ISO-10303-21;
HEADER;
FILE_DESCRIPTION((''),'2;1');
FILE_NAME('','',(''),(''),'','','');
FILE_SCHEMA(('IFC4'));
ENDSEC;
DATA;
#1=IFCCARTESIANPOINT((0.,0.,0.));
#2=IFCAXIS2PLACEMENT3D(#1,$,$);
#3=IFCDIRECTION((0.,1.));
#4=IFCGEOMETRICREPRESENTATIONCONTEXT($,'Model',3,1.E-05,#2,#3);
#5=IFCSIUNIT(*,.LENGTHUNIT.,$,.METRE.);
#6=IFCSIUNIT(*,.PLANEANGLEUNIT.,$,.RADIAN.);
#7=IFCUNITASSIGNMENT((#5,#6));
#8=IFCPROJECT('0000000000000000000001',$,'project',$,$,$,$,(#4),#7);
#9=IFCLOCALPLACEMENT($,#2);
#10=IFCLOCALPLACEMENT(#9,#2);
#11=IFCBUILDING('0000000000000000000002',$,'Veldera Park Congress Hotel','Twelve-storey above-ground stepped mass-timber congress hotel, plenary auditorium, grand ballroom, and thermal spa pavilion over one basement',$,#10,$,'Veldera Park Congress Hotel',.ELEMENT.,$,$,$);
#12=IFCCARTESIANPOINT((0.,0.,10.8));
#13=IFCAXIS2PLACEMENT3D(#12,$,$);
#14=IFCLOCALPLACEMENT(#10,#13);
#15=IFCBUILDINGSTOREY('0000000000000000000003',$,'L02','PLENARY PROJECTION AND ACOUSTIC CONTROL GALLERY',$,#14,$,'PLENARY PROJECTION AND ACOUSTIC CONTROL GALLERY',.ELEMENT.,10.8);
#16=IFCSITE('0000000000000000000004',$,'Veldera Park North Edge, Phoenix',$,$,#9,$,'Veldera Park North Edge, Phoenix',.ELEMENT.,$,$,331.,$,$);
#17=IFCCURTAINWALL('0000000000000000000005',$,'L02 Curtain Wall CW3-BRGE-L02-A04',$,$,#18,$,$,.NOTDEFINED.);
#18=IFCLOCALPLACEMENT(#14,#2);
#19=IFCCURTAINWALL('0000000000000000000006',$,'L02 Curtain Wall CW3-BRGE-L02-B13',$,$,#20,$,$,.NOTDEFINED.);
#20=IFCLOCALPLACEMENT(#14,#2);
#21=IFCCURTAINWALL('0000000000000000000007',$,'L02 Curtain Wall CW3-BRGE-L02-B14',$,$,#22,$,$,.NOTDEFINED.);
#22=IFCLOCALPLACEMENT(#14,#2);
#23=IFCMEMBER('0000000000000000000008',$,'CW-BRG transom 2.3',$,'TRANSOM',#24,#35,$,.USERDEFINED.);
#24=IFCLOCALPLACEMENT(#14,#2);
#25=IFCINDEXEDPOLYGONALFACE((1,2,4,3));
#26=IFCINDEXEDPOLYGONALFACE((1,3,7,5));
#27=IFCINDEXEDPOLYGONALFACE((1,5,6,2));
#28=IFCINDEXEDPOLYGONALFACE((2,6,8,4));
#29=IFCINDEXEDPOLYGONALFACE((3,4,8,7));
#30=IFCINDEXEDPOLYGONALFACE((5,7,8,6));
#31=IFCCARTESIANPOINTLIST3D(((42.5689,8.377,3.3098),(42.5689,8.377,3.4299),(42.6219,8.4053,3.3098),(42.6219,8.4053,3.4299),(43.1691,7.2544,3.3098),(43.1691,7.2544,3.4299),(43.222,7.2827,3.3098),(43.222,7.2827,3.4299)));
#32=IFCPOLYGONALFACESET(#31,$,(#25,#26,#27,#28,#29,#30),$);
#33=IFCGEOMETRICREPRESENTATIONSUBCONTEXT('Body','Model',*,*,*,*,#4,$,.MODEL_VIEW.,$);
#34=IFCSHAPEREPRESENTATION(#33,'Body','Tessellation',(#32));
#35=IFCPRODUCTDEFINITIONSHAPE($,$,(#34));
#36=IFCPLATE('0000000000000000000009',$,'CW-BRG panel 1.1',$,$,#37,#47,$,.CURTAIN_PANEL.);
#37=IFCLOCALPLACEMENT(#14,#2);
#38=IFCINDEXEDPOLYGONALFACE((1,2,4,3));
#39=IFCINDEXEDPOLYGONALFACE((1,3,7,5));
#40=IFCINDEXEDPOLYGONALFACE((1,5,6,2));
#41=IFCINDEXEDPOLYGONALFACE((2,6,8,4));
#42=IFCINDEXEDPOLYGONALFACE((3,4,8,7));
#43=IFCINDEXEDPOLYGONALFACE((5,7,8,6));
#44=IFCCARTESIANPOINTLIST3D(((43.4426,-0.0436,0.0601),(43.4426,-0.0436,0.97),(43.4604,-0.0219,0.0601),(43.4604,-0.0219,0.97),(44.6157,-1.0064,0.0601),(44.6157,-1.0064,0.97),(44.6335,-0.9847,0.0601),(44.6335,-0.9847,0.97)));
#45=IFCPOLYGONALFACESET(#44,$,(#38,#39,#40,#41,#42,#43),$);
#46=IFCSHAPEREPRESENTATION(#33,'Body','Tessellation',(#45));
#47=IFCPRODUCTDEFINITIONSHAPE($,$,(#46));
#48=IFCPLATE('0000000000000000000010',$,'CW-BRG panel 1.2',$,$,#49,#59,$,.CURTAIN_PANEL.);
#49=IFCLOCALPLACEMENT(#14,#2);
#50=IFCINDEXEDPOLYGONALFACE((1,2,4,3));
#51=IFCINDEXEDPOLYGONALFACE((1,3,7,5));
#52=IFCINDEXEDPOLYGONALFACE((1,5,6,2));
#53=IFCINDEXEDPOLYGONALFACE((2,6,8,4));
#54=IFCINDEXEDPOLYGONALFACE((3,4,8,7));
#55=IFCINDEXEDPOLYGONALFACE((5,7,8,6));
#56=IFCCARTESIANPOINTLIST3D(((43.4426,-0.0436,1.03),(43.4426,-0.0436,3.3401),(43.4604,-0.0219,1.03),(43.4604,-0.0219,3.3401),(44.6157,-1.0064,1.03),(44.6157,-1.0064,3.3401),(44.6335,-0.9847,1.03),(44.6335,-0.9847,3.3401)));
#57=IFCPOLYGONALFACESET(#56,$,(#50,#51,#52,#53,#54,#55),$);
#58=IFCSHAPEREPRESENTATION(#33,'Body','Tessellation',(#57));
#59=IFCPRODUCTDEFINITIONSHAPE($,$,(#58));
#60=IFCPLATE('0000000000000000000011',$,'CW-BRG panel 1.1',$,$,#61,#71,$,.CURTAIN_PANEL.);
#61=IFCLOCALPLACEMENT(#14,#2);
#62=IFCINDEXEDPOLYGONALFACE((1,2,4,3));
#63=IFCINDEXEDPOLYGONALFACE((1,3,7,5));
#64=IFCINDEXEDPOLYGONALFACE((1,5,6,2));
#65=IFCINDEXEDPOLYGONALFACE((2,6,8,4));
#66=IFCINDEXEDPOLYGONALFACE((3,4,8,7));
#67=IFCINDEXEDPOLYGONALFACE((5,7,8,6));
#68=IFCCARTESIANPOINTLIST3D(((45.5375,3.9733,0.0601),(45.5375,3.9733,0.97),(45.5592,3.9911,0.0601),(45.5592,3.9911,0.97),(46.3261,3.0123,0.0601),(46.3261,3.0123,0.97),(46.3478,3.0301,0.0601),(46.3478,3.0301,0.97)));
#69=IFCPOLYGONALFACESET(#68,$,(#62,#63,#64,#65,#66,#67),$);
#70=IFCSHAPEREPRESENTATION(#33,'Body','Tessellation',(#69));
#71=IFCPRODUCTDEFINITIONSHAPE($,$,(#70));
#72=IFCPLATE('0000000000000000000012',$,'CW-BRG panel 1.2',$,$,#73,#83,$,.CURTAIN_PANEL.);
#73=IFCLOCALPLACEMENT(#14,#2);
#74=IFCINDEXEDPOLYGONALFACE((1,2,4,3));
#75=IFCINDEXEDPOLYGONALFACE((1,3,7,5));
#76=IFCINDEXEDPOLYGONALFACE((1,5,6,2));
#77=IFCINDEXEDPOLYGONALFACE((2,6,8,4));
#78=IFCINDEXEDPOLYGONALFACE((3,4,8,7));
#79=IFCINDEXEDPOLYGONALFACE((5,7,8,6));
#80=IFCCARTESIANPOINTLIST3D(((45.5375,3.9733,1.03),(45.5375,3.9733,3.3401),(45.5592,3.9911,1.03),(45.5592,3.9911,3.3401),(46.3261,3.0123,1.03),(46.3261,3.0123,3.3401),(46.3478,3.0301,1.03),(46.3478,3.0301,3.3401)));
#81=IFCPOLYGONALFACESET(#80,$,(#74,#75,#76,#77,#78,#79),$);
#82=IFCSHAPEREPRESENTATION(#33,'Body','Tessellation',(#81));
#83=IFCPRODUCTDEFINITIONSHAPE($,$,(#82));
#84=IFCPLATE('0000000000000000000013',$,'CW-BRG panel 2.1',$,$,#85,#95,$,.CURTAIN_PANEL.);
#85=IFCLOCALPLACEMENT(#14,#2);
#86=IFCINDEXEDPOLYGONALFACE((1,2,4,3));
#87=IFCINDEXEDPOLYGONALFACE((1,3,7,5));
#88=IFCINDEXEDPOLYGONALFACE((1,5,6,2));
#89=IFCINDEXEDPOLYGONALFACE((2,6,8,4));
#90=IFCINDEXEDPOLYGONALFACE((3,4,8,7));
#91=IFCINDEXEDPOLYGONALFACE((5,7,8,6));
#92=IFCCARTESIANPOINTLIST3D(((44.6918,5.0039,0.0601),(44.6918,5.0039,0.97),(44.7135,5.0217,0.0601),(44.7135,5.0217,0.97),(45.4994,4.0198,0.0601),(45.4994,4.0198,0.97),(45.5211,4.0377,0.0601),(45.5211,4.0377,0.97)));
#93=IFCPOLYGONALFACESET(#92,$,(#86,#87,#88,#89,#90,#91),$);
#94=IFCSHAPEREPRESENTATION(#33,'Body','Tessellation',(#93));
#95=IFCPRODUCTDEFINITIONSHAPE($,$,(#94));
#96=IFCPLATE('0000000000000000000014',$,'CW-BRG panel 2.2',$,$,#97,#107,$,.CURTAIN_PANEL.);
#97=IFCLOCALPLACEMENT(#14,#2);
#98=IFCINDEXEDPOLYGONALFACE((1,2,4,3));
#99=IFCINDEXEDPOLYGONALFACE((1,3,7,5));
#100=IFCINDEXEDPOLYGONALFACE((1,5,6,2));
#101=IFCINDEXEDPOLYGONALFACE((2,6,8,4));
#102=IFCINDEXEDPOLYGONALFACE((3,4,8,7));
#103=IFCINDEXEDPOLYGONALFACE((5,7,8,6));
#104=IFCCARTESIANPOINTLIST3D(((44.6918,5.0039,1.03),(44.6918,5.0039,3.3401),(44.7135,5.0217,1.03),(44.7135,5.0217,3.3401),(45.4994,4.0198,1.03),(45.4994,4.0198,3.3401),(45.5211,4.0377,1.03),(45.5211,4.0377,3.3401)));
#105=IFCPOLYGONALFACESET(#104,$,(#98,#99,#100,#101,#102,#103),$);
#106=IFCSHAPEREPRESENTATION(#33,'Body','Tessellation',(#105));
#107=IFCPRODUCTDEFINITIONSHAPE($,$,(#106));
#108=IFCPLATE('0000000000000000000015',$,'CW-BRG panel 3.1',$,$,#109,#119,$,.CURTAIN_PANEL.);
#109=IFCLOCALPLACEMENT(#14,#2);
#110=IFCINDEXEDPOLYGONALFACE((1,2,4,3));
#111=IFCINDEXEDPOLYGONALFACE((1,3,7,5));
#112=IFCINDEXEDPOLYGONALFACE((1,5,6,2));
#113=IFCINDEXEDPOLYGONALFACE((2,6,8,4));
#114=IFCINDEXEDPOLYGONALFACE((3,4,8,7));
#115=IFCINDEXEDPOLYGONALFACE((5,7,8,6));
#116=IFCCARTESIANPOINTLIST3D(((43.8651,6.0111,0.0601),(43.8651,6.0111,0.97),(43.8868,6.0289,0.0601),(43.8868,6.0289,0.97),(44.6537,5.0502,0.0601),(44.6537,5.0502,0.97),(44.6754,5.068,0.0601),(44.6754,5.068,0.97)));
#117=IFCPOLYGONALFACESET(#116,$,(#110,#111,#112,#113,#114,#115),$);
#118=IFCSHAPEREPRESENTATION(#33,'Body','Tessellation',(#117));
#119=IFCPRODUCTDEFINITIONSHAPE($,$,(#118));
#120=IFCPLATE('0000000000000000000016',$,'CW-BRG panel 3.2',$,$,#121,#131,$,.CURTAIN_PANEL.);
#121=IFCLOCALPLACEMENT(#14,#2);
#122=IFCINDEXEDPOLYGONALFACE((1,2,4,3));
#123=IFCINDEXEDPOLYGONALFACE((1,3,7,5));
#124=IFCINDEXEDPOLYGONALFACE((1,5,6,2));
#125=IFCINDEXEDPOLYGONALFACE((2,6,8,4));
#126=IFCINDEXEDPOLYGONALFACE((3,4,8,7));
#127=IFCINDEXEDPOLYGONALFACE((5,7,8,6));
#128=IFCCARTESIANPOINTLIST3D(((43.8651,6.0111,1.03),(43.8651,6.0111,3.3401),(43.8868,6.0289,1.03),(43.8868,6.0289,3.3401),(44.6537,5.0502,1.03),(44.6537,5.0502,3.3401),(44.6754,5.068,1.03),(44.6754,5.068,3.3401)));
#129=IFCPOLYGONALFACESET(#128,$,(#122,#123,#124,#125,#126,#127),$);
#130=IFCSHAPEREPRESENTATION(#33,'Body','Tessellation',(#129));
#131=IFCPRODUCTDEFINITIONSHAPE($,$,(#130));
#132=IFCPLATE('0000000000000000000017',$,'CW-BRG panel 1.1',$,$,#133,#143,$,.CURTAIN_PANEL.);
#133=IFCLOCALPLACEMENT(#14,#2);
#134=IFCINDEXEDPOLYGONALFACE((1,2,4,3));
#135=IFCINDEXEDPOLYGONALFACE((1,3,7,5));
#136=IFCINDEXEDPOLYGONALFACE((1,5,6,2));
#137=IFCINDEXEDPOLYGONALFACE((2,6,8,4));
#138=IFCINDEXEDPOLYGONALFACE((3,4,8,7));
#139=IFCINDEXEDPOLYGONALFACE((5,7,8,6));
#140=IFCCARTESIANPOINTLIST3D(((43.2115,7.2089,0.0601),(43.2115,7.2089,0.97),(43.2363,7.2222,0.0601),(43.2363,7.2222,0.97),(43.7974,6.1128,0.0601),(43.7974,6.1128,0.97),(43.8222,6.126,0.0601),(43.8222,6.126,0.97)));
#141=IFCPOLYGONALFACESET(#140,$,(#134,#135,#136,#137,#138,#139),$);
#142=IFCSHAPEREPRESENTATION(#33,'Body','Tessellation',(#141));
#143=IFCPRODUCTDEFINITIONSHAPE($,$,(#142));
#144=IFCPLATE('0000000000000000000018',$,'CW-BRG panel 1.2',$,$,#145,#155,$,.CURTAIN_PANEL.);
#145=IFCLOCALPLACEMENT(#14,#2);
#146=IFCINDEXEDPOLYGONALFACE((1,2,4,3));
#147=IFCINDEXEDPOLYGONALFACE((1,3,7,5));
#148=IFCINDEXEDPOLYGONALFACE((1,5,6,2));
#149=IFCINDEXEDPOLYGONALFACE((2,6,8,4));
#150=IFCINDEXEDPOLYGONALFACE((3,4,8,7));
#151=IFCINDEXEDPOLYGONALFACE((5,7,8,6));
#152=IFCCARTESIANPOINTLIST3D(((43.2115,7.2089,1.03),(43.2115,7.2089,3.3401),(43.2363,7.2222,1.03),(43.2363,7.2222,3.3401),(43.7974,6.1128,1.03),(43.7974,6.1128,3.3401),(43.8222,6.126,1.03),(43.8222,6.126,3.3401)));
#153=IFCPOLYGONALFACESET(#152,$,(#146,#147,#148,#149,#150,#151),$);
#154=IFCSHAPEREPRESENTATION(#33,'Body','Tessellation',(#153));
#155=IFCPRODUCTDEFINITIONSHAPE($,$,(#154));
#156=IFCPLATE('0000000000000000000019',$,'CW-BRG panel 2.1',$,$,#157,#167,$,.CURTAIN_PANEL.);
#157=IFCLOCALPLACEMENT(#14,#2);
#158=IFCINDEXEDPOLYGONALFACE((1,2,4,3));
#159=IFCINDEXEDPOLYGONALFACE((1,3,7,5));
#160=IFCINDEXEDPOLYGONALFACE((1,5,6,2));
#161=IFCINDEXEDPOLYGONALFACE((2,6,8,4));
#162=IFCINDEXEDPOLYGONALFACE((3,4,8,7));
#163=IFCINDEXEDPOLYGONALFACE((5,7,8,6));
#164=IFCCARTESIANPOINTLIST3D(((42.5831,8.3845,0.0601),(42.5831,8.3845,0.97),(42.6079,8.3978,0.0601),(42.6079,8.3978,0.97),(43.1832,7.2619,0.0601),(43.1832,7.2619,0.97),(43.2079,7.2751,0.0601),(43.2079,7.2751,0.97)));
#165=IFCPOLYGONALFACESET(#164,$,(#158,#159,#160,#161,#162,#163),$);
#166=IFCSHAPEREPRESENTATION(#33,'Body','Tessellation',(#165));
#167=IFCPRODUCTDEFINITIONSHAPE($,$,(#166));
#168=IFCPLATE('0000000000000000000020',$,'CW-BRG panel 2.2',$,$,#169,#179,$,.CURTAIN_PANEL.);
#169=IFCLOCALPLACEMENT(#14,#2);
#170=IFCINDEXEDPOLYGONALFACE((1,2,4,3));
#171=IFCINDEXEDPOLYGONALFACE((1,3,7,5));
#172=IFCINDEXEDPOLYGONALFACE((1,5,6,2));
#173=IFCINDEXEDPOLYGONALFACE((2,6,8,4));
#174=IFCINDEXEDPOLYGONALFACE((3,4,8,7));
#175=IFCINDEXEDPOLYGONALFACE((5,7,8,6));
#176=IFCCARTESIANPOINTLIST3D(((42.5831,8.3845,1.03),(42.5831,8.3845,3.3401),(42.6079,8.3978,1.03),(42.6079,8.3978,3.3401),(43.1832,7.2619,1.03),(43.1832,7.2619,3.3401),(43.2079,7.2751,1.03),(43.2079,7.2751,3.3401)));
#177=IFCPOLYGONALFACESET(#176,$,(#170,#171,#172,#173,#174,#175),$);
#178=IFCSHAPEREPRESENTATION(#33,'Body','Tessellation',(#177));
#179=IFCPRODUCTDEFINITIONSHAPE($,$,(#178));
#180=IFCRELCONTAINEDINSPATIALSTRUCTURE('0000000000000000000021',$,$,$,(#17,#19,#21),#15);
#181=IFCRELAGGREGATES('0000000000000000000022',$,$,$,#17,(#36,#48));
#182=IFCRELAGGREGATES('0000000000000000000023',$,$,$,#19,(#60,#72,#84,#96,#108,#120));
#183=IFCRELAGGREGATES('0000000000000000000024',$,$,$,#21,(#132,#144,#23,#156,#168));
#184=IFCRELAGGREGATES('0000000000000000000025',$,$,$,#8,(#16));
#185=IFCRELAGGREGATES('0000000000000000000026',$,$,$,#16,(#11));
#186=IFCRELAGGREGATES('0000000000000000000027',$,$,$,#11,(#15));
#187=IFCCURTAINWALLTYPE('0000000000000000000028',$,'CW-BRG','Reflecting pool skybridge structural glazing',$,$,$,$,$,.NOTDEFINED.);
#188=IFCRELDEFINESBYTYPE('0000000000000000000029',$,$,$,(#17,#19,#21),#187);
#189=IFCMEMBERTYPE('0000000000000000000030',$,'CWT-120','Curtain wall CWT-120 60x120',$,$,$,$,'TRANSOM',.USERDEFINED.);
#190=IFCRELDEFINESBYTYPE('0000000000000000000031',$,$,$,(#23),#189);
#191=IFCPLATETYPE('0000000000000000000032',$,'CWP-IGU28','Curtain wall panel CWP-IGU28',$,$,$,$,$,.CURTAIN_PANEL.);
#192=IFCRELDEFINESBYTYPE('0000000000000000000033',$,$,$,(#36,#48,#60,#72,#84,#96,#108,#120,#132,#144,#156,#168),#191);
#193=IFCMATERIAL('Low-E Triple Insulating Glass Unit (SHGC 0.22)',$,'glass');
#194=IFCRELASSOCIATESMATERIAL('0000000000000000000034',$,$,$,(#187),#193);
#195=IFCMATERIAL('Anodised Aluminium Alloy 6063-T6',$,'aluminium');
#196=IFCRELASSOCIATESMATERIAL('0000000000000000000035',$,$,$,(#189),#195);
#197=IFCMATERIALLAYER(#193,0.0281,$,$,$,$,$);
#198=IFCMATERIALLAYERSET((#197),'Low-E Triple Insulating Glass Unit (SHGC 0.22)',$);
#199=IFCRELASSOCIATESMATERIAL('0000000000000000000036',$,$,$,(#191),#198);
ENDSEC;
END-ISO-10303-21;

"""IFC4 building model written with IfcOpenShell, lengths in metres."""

from ifc_helpers import new_model, si_unit, direction, frame, origin, origin_2d, place, context, subcontext, project, spatial, rectangle, extrude, material, layer, layer_set, material_profile, profile_set, type_object, element, aggregate, save


model = new_model("IFC4")

# Units and contexts
model_context = context("Model", 3, precision=1e-05, world=origin(), true_north=direction((0.0, 1.0)))
body_context = subcontext(model_context, "Body", "Model", "MODEL_VIEW")
ifc_project = project(units=[si_unit("LENGTHUNIT", "METRE"), si_unit("PLANEANGLEUNIT", "RADIAN")], contexts=[model_context])

# Site, building, storey
site_placement = place(None, origin())
site = spatial("IfcSite", under=ifc_project, at=site_placement, Name="Veldera Park North Edge, Phoenix", LongName="Veldera Park North Edge, Phoenix", CompositionType="ELEMENT", RefElevation=331.0)
building_placement = place(site_placement, origin())
building = spatial("IfcBuilding", under=site, at=building_placement, Name="Veldera Park Congress Hotel", Description="Twelve-storey above-ground stepped mass-timber congress hotel, plenary auditorium, grand ballroom, and thermal spa pavilion over one basement", LongName="Veldera Park Congress Hotel", CompositionType="ELEMENT")
storey_placement = place(building_placement, frame((0.0, 0.0, 10.8)))
storey = spatial("IfcBuildingStorey", under=building, at=storey_placement, Name="L02", Description="PLENARY PROJECTION AND ACOUSTIC CONTROL GALLERY", LongName="PLENARY PROJECTION AND ACOUSTIC CONTROL GALLERY", CompositionType="ELEMENT", Elevation=10.8)

# Curtain wall
ifc_material_1 = material(Name="Low-E Triple Insulating Glass Unit (SHGC 0.22)", Category="glass")
curtain_wall_type = type_object("IfcCurtainWallType", Name="CW-BRG", Description="Reflecting pool skybridge structural glazing", PredefinedType="NOTDEFINED", material=ifc_material_1)
ifc_material_2 = material(Name="Anodised Aluminium Alloy 6063-T6", Category="aluminium")
curtain_wall_1_placement = place(storey_placement, origin())
curtain_wall_1 = element("IfcCurtainWall", 1, at=curtain_wall_1_placement, inside=storey, type_object=curtain_wall_type, Name="L02 Curtain Wall CW3-BRGE-L02-A04", PredefinedType="NOTDEFINED")

# Curtain walls
curtain_wall_2_placement = place(storey_placement, origin())
curtain_wall_2 = element("IfcCurtainWall", 2, at=curtain_wall_2_placement, inside=storey, type_object=curtain_wall_type, Name="L02 Curtain Wall CW3-BRGE-L02-B13", PredefinedType="NOTDEFINED")
curtain_wall_3_placement = place(storey_placement, origin())
curtain_wall_3 = element("IfcCurtainWall", 3, at=curtain_wall_3_placement, inside=storey, type_object=curtain_wall_type, Name="L02 Curtain Wall CW3-BRGE-L02-B14", PredefinedType="NOTDEFINED")

# Member
ifc_material_profile_1 = material_profile(ifc_material_2, rectangle(XDim=0.0601, YDim=0.1201, at=origin_2d()), Name="ALU 60x120")
ifc_profile_set_1 = profile_set([ifc_material_profile_1], Name="Anodised Aluminium Alloy 6063-T6")
member_type_1 = type_object("IfcMemberType", Name="CWT-120", Description="Curtain wall CWT-120 60x120", ElementType="TRANSOM", PredefinedType="USERDEFINED", material=ifc_profile_set_1)
member_1_placement = place(storey_placement, frame((43.1956, 7.2686, 3.3699), z_axis=(-0.471444, 0.881896, 0.0), x_axis=(-0.881896, -0.471444, 0.0)))
member_1 = element("IfcMember", 4, at=member_1_placement, type_object=member_type_1, Name="CW-BRG transom 2.3", ObjectType="TRANSOM", PredefinedType="USERDEFINED", context=body_context, shape_type="SweptSolid", body=[
    extrude(rectangle(XDim=0.0601, YDim=0.1201, at=origin_2d()), origin(), (0.0, 0.0, 1.0), 1.2729),
])

# Plates
ifc_layer = layer(ifc_material_1, 0.0281)
ifc_layer_set = layer_set([ifc_layer], Name="Low-E Triple Insulating Glass Unit (SHGC 0.22)")
plate_type = type_object("IfcPlateType", Name="CWP-IGU28", Description="Curtain wall panel CWP-IGU28", PredefinedType="CURTAIN_PANEL", material=ifc_layer_set)
plate_1_placement = place(storey_placement, frame((44.0381, -0.5142, 0.0601), z_axis=(0.0, 0.0, 1.0), x_axis=(0.773003, -0.634402, 0.0)))
plate_1 = element("IfcPlate", 5, at=plate_1_placement, type_object=plate_type, Name="CW-BRG panel 1.1", PredefinedType="CURTAIN_PANEL", context=body_context, shape_type="SweptSolid", body=[
    extrude(rectangle(XDim=1.5176, YDim=0.0281, at=origin_2d()), origin(), (0.0, 0.0, 1.0), 0.9099),
])
plate_2_placement = place(storey_placement, frame((44.0381, -0.5142, 1.03), z_axis=(0.0, 0.0, 1.0), x_axis=(0.773003, -0.634402, 0.0)))
plate_2 = element("IfcPlate", 6, at=plate_2_placement, type_object=plate_type, Name="CW-BRG panel 1.2", PredefinedType="CURTAIN_PANEL", context=body_context, shape_type="SweptSolid", body=[
    extrude(rectangle(XDim=1.5176, YDim=0.0281, at=origin_2d()), origin(), (0.0, 0.0, 1.0), 2.3101),
])
aggregate(curtain_wall_1, [plate_1, plate_2])
plate_3_placement = place(storey_placement, frame((45.9426, 3.5017, 0.0601), z_axis=(0.0, 0.0, 1.0), x_axis=(-0.634386, 0.773016, 0.0)))
plate_3 = element("IfcPlate", 7, at=plate_3_placement, type_object=plate_type, Name="CW-BRG panel 1.1", PredefinedType="CURTAIN_PANEL", context=body_context, shape_type="SweptSolid", body=[
    extrude(rectangle(XDim=1.2432, YDim=0.0281, at=origin_2d()), origin(), (0.0, 0.0, 1.0), 0.9099),
])
plate_4_placement = place(storey_placement, frame((45.9426, 3.5017, 1.03), z_axis=(0.0, 0.0, 1.0), x_axis=(-0.634386, 0.773016, 0.0)))
plate_4 = element("IfcPlate", 8, at=plate_4_placement, type_object=plate_type, Name="CW-BRG panel 1.2", PredefinedType="CURTAIN_PANEL", context=body_context, shape_type="SweptSolid", body=[
    extrude(rectangle(XDim=1.2432, YDim=0.0281, at=origin_2d()), origin(), (0.0, 0.0, 1.0), 2.3101),
])
plate_5_placement = place(storey_placement, frame((45.1064, 4.5208, 0.0601), z_axis=(0.0, 0.0, 1.0), x_axis=(-0.634386, 0.773016, 0.0)))
plate_5 = element("IfcPlate", 9, at=plate_5_placement, type_object=plate_type, Name="CW-BRG panel 2.1", PredefinedType="CURTAIN_PANEL", context=body_context, shape_type="SweptSolid", body=[
    extrude(rectangle(XDim=1.2729, YDim=0.0281, at=origin_2d()), origin(), (0.0, 0.0, 1.0), 0.9099),
])
plate_6_placement = place(storey_placement, frame((45.1064, 4.5208, 1.03), z_axis=(0.0, 0.0, 1.0), x_axis=(-0.634386, 0.773016, 0.0)))
plate_6 = element("IfcPlate", 10, at=plate_6_placement, type_object=plate_type, Name="CW-BRG panel 2.2", PredefinedType="CURTAIN_PANEL", context=body_context, shape_type="SweptSolid", body=[
    extrude(rectangle(XDim=1.2729, YDim=0.0281, at=origin_2d()), origin(), (0.0, 0.0, 1.0), 2.3101),
])
plate_7_placement = place(storey_placement, frame((44.2703, 5.5396, 0.0601), z_axis=(0.0, 0.0, 1.0), x_axis=(-0.634386, 0.773016, 0.0)))
plate_7 = element("IfcPlate", 11, at=plate_7_placement, type_object=plate_type, Name="CW-BRG panel 3.1", PredefinedType="CURTAIN_PANEL", context=body_context, shape_type="SweptSolid", body=[
    extrude(rectangle(XDim=1.2432, YDim=0.0281, at=origin_2d()), origin(), (0.0, 0.0, 1.0), 0.9099),
])
plate_8_placement = place(storey_placement, frame((44.2703, 5.5396, 1.03), z_axis=(0.0, 0.0, 1.0), x_axis=(-0.634386, 0.773016, 0.0)))
plate_8 = element("IfcPlate", 12, at=plate_8_placement, type_object=plate_type, Name="CW-BRG panel 3.2", PredefinedType="CURTAIN_PANEL", context=body_context, shape_type="SweptSolid", body=[
    extrude(rectangle(XDim=1.2432, YDim=0.0281, at=origin_2d()), origin(), (0.0, 0.0, 1.0), 2.3101),
])
aggregate(curtain_wall_2, [plate_3, plate_4, plate_5, plate_6, plate_7, plate_8])
plate_9_placement = place(storey_placement, frame((43.5168, 6.6675, 0.0601), z_axis=(0.0, 0.0, 1.0), x_axis=(-0.471384, 0.881928, 0.0)))
plate_9 = element("IfcPlate", 13, at=plate_9_placement, type_object=plate_type, Name="CW-BRG panel 1.1", PredefinedType="CURTAIN_PANEL", context=body_context, shape_type="SweptSolid", body=[
    extrude(rectangle(XDim=1.2429, YDim=0.0281, at=origin_2d()), origin(), (0.0, 0.0, 1.0), 0.9099),
])
plate_10_placement = place(storey_placement, frame((43.5168, 6.6675, 1.03), z_axis=(0.0, 0.0, 1.0), x_axis=(-0.471384, 0.881928, 0.0)))
plate_10 = element("IfcPlate", 14, at=plate_10_placement, type_object=plate_type, Name="CW-BRG panel 1.2", PredefinedType="CURTAIN_PANEL", context=body_context, shape_type="SweptSolid", body=[
    extrude(rectangle(XDim=1.2429, YDim=0.0281, at=origin_2d()), origin(), (0.0, 0.0, 1.0), 2.3101),
])
plate_11_placement = place(storey_placement, frame((42.8955, 7.8298, 0.0601), z_axis=(0.0, 0.0, 1.0), x_axis=(-0.471384, 0.881928, 0.0)))
plate_11 = element("IfcPlate", 15, at=plate_11_placement, type_object=plate_type, Name="CW-BRG panel 2.1", PredefinedType="CURTAIN_PANEL", context=body_context, shape_type="SweptSolid", body=[
    extrude(rectangle(XDim=1.2729, YDim=0.0281, at=origin_2d()), origin(), (0.0, 0.0, 1.0), 0.9099),
])
plate_12_placement = place(storey_placement, frame((42.8955, 7.8298, 1.03), z_axis=(0.0, 0.0, 1.0), x_axis=(-0.471384, 0.881928, 0.0)))
plate_12 = element("IfcPlate", 16, at=plate_12_placement, type_object=plate_type, Name="CW-BRG panel 2.2", PredefinedType="CURTAIN_PANEL", context=body_context, shape_type="SweptSolid", body=[
    extrude(rectangle(XDim=1.2729, YDim=0.0281, at=origin_2d()), origin(), (0.0, 0.0, 1.0), 2.3101),
])
aggregate(curtain_wall_3, [plate_9, plate_10, member_1, plate_11, plate_12])

save(model, "model.ifc")
